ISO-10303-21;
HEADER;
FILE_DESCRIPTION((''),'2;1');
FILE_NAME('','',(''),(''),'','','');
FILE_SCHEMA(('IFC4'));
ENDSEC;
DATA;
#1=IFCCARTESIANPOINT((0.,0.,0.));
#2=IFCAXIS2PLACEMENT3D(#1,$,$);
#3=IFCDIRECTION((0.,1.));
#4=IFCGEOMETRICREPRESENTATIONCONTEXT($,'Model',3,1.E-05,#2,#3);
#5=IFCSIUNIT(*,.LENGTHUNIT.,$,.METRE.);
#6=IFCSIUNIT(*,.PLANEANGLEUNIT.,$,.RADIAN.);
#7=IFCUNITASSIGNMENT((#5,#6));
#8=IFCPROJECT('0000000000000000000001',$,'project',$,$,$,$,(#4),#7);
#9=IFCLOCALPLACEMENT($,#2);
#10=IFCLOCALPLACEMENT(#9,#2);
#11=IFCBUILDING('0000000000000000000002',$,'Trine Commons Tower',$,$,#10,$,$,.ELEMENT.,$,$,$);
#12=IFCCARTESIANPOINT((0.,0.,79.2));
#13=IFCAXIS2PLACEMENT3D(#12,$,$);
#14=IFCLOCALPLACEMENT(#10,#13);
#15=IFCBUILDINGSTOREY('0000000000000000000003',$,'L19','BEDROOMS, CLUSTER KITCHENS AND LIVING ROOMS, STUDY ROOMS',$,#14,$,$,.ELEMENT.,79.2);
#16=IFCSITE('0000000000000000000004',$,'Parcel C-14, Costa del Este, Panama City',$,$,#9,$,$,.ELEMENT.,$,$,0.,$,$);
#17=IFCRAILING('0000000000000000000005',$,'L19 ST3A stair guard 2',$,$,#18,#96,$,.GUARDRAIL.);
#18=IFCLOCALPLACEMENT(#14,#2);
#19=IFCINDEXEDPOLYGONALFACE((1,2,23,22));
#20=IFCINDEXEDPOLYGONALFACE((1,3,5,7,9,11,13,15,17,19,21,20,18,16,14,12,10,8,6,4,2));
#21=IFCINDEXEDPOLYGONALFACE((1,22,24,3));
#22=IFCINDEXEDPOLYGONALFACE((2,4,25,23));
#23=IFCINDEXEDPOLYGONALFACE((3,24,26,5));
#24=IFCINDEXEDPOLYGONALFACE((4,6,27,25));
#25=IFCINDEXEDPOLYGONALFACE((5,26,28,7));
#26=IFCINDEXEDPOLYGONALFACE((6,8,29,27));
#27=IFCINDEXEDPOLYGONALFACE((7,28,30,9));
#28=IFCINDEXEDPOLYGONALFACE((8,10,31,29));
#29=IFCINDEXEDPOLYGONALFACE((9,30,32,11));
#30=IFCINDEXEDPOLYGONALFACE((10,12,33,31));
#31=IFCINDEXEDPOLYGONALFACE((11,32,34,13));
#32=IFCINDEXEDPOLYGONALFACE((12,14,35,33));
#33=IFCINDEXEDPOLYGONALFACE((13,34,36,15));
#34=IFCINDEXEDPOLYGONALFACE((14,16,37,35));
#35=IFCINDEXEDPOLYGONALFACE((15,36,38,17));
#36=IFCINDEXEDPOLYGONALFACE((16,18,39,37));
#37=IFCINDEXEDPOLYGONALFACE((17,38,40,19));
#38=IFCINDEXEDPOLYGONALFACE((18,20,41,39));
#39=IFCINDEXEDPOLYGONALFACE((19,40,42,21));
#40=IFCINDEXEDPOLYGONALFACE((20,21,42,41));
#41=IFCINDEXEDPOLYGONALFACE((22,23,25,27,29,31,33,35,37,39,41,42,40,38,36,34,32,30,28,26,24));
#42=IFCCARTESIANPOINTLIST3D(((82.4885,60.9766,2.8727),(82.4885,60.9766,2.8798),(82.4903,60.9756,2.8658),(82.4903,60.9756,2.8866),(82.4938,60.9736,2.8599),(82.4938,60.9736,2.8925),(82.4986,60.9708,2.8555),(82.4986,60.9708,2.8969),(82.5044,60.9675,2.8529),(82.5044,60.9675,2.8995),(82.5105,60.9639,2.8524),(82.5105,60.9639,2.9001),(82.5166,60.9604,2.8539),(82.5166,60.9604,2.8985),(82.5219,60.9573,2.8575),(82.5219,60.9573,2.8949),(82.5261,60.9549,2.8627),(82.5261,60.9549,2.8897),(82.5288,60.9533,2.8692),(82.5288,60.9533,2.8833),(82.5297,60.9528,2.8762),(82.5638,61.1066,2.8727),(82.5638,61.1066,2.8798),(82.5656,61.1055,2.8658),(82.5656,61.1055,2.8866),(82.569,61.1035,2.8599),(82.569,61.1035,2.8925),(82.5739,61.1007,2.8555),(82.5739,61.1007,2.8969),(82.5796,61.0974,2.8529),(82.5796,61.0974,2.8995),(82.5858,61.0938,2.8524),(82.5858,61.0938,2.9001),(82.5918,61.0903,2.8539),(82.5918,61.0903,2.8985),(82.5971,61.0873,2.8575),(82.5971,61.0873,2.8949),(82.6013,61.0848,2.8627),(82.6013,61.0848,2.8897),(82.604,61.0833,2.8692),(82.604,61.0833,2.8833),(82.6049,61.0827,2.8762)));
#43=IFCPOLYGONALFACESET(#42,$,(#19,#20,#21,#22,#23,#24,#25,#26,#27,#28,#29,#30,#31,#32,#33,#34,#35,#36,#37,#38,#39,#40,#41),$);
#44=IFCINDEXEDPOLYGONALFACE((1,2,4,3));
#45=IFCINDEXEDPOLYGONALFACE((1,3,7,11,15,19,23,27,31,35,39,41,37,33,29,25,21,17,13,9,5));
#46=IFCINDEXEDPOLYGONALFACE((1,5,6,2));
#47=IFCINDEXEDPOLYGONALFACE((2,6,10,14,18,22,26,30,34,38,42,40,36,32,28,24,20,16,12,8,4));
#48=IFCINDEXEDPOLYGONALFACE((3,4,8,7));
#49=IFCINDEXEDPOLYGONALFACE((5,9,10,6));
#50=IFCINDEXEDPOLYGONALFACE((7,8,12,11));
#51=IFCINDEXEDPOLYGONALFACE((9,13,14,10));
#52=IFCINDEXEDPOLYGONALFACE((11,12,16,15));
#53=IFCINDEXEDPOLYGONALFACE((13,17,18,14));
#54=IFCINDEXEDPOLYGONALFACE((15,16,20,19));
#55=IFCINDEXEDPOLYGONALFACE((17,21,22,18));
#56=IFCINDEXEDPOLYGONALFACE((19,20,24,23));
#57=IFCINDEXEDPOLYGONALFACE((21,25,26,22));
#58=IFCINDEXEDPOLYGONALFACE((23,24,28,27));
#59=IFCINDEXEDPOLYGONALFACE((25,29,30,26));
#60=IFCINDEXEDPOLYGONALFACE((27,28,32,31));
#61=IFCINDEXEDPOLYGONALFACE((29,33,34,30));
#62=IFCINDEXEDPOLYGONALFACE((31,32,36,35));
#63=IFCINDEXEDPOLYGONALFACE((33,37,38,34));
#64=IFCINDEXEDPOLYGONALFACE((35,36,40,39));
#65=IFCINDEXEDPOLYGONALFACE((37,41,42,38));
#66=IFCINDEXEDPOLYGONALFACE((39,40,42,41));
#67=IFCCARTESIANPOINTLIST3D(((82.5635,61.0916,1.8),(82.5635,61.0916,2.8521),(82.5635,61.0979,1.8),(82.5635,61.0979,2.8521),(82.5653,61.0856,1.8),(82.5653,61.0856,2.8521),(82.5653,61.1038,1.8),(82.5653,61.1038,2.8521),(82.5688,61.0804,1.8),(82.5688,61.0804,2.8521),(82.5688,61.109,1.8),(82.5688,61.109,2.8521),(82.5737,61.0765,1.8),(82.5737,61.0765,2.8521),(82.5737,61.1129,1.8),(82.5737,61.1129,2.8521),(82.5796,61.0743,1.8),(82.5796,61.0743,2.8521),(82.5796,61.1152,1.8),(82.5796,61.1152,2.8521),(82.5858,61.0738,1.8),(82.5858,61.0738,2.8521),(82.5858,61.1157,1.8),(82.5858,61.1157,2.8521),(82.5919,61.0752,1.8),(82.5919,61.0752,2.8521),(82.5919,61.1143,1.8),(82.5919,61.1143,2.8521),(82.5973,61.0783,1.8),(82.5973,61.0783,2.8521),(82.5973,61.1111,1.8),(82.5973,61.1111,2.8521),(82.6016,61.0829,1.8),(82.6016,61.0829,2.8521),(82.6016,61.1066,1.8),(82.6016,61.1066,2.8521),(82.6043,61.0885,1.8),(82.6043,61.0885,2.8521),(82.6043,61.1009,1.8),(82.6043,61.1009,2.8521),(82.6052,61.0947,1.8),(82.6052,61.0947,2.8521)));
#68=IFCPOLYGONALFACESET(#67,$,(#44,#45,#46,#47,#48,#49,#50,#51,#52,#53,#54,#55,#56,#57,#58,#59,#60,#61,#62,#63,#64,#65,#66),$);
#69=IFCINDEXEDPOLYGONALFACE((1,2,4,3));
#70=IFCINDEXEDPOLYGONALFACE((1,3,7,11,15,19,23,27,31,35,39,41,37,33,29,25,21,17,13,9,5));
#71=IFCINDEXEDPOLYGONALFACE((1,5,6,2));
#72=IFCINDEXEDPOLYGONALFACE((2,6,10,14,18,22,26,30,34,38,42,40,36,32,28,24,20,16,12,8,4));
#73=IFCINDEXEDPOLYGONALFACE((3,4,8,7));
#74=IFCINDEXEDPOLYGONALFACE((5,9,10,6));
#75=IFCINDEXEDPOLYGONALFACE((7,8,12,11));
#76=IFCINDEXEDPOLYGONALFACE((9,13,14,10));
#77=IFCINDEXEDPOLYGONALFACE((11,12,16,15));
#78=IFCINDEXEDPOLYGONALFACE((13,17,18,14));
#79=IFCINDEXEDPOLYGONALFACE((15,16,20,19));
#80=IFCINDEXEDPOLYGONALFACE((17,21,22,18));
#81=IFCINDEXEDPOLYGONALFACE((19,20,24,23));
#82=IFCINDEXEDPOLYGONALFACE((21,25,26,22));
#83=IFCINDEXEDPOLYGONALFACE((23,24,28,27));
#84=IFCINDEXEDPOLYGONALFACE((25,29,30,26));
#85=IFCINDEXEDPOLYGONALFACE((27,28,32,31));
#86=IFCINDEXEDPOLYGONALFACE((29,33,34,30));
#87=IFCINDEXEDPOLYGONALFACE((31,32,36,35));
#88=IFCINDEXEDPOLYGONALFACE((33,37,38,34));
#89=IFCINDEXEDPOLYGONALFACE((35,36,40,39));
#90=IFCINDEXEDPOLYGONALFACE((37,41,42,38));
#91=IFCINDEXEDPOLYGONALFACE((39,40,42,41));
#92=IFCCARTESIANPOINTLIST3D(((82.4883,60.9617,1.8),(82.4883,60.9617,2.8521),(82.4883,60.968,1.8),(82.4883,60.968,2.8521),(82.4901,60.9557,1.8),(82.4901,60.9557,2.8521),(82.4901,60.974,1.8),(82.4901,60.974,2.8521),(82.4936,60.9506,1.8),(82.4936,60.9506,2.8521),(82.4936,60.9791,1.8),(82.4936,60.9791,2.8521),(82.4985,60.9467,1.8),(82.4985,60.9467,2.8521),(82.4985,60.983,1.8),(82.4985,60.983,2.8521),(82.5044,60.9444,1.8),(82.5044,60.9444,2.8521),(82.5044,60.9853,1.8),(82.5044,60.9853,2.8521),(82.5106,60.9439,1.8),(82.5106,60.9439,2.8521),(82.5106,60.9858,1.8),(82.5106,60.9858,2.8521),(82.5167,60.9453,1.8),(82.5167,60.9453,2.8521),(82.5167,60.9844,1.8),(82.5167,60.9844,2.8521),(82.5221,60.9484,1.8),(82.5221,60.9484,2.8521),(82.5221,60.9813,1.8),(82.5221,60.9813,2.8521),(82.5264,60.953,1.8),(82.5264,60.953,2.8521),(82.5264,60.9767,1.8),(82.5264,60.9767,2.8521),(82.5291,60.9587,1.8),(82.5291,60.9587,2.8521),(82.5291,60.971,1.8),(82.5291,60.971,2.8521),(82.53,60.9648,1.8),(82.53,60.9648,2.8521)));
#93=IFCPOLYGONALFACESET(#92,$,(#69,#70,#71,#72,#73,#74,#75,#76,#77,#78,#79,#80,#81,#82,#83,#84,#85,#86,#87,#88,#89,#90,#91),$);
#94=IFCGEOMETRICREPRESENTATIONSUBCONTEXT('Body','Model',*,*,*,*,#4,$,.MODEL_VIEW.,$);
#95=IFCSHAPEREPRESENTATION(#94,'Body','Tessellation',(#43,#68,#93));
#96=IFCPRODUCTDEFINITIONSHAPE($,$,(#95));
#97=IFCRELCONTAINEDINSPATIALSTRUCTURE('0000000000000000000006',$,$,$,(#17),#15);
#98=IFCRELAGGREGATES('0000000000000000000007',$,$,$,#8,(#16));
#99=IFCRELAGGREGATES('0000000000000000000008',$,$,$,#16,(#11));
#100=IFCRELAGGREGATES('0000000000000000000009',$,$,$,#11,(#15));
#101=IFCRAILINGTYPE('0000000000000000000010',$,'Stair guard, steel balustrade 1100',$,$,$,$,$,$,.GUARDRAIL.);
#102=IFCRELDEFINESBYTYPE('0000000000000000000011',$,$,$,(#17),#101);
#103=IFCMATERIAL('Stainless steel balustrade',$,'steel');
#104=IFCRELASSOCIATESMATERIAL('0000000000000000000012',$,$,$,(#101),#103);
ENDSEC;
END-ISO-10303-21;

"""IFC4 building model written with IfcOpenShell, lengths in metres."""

from ifc_helpers import new_model, si_unit, direction, frame, origin, origin_2d, place, context, subcontext, project, spatial, circle, extrude, material, type_object, element, save


model = new_model("IFC4")

# Units and contexts
model_context = context("Model", 3, precision=1e-05, world=origin(), true_north=direction((0.0, 1.0)))
body_context = subcontext(model_context, "Body", "Model", "MODEL_VIEW")
ifc_project = project(units=[si_unit("LENGTHUNIT", "METRE"), si_unit("PLANEANGLEUNIT", "RADIAN")], contexts=[model_context])

# Site, building, storey
site_placement = place(None, origin())
site = spatial("IfcSite", under=ifc_project, at=site_placement, Name="Parcel C-14, Costa del Este, Panama City", CompositionType="ELEMENT", RefElevation=0.0)
building_placement = place(site_placement, origin())
building = spatial("IfcBuilding", under=site, at=building_placement, Name="Trine Commons Tower", CompositionType="ELEMENT")
storey_placement = place(building_placement, frame((0.0, 0.0, 79.2)))
storey = spatial("IfcBuildingStorey", under=building, at=storey_placement, Name="L19", Description="BEDROOMS, CLUSTER KITCHENS AND LIVING ROOMS, STUDY ROOMS", CompositionType="ELEMENT", Elevation=79.2)

# Railing
ifc_material_1 = material(Name="Stainless steel balustrade", Category="steel")
railing_type_1 = type_object("IfcRailingType", Name="Stair guard, steel balustrade 1100", PredefinedType="GUARDRAIL", material=ifc_material_1)
railing_1_placement = place(storey_placement, frame((82.5842, 61.0947, 1.8)))
element("IfcRailing", 1, at=railing_1_placement, inside=storey, type_object=railing_type_1, Name="L19 ST3A stair guard 2", PredefinedType="GUARDRAIL", context=body_context, shape_type="SweptSolid", body=[
    extrude(circle(Radius=0.0239, at=origin_2d()), frame((0.0, 0.0, 1.0762), z_axis=(-0.501036, -0.865426, 0.0), x_axis=(0.865426, -0.501036, 0.0)), (0.0, 0.0, 1.0), 0.1501),
    extrude(circle(Radius=0.021, at=origin_2d()), origin(), (0.0, 0.0, 1.0), 1.052),
    extrude(circle(Radius=0.021, at=origin_2d()), frame((-0.0752, -0.1299, 0.0)), (0.0, 0.0, 1.0), 1.052),
])

save(model, "model.ifc")
